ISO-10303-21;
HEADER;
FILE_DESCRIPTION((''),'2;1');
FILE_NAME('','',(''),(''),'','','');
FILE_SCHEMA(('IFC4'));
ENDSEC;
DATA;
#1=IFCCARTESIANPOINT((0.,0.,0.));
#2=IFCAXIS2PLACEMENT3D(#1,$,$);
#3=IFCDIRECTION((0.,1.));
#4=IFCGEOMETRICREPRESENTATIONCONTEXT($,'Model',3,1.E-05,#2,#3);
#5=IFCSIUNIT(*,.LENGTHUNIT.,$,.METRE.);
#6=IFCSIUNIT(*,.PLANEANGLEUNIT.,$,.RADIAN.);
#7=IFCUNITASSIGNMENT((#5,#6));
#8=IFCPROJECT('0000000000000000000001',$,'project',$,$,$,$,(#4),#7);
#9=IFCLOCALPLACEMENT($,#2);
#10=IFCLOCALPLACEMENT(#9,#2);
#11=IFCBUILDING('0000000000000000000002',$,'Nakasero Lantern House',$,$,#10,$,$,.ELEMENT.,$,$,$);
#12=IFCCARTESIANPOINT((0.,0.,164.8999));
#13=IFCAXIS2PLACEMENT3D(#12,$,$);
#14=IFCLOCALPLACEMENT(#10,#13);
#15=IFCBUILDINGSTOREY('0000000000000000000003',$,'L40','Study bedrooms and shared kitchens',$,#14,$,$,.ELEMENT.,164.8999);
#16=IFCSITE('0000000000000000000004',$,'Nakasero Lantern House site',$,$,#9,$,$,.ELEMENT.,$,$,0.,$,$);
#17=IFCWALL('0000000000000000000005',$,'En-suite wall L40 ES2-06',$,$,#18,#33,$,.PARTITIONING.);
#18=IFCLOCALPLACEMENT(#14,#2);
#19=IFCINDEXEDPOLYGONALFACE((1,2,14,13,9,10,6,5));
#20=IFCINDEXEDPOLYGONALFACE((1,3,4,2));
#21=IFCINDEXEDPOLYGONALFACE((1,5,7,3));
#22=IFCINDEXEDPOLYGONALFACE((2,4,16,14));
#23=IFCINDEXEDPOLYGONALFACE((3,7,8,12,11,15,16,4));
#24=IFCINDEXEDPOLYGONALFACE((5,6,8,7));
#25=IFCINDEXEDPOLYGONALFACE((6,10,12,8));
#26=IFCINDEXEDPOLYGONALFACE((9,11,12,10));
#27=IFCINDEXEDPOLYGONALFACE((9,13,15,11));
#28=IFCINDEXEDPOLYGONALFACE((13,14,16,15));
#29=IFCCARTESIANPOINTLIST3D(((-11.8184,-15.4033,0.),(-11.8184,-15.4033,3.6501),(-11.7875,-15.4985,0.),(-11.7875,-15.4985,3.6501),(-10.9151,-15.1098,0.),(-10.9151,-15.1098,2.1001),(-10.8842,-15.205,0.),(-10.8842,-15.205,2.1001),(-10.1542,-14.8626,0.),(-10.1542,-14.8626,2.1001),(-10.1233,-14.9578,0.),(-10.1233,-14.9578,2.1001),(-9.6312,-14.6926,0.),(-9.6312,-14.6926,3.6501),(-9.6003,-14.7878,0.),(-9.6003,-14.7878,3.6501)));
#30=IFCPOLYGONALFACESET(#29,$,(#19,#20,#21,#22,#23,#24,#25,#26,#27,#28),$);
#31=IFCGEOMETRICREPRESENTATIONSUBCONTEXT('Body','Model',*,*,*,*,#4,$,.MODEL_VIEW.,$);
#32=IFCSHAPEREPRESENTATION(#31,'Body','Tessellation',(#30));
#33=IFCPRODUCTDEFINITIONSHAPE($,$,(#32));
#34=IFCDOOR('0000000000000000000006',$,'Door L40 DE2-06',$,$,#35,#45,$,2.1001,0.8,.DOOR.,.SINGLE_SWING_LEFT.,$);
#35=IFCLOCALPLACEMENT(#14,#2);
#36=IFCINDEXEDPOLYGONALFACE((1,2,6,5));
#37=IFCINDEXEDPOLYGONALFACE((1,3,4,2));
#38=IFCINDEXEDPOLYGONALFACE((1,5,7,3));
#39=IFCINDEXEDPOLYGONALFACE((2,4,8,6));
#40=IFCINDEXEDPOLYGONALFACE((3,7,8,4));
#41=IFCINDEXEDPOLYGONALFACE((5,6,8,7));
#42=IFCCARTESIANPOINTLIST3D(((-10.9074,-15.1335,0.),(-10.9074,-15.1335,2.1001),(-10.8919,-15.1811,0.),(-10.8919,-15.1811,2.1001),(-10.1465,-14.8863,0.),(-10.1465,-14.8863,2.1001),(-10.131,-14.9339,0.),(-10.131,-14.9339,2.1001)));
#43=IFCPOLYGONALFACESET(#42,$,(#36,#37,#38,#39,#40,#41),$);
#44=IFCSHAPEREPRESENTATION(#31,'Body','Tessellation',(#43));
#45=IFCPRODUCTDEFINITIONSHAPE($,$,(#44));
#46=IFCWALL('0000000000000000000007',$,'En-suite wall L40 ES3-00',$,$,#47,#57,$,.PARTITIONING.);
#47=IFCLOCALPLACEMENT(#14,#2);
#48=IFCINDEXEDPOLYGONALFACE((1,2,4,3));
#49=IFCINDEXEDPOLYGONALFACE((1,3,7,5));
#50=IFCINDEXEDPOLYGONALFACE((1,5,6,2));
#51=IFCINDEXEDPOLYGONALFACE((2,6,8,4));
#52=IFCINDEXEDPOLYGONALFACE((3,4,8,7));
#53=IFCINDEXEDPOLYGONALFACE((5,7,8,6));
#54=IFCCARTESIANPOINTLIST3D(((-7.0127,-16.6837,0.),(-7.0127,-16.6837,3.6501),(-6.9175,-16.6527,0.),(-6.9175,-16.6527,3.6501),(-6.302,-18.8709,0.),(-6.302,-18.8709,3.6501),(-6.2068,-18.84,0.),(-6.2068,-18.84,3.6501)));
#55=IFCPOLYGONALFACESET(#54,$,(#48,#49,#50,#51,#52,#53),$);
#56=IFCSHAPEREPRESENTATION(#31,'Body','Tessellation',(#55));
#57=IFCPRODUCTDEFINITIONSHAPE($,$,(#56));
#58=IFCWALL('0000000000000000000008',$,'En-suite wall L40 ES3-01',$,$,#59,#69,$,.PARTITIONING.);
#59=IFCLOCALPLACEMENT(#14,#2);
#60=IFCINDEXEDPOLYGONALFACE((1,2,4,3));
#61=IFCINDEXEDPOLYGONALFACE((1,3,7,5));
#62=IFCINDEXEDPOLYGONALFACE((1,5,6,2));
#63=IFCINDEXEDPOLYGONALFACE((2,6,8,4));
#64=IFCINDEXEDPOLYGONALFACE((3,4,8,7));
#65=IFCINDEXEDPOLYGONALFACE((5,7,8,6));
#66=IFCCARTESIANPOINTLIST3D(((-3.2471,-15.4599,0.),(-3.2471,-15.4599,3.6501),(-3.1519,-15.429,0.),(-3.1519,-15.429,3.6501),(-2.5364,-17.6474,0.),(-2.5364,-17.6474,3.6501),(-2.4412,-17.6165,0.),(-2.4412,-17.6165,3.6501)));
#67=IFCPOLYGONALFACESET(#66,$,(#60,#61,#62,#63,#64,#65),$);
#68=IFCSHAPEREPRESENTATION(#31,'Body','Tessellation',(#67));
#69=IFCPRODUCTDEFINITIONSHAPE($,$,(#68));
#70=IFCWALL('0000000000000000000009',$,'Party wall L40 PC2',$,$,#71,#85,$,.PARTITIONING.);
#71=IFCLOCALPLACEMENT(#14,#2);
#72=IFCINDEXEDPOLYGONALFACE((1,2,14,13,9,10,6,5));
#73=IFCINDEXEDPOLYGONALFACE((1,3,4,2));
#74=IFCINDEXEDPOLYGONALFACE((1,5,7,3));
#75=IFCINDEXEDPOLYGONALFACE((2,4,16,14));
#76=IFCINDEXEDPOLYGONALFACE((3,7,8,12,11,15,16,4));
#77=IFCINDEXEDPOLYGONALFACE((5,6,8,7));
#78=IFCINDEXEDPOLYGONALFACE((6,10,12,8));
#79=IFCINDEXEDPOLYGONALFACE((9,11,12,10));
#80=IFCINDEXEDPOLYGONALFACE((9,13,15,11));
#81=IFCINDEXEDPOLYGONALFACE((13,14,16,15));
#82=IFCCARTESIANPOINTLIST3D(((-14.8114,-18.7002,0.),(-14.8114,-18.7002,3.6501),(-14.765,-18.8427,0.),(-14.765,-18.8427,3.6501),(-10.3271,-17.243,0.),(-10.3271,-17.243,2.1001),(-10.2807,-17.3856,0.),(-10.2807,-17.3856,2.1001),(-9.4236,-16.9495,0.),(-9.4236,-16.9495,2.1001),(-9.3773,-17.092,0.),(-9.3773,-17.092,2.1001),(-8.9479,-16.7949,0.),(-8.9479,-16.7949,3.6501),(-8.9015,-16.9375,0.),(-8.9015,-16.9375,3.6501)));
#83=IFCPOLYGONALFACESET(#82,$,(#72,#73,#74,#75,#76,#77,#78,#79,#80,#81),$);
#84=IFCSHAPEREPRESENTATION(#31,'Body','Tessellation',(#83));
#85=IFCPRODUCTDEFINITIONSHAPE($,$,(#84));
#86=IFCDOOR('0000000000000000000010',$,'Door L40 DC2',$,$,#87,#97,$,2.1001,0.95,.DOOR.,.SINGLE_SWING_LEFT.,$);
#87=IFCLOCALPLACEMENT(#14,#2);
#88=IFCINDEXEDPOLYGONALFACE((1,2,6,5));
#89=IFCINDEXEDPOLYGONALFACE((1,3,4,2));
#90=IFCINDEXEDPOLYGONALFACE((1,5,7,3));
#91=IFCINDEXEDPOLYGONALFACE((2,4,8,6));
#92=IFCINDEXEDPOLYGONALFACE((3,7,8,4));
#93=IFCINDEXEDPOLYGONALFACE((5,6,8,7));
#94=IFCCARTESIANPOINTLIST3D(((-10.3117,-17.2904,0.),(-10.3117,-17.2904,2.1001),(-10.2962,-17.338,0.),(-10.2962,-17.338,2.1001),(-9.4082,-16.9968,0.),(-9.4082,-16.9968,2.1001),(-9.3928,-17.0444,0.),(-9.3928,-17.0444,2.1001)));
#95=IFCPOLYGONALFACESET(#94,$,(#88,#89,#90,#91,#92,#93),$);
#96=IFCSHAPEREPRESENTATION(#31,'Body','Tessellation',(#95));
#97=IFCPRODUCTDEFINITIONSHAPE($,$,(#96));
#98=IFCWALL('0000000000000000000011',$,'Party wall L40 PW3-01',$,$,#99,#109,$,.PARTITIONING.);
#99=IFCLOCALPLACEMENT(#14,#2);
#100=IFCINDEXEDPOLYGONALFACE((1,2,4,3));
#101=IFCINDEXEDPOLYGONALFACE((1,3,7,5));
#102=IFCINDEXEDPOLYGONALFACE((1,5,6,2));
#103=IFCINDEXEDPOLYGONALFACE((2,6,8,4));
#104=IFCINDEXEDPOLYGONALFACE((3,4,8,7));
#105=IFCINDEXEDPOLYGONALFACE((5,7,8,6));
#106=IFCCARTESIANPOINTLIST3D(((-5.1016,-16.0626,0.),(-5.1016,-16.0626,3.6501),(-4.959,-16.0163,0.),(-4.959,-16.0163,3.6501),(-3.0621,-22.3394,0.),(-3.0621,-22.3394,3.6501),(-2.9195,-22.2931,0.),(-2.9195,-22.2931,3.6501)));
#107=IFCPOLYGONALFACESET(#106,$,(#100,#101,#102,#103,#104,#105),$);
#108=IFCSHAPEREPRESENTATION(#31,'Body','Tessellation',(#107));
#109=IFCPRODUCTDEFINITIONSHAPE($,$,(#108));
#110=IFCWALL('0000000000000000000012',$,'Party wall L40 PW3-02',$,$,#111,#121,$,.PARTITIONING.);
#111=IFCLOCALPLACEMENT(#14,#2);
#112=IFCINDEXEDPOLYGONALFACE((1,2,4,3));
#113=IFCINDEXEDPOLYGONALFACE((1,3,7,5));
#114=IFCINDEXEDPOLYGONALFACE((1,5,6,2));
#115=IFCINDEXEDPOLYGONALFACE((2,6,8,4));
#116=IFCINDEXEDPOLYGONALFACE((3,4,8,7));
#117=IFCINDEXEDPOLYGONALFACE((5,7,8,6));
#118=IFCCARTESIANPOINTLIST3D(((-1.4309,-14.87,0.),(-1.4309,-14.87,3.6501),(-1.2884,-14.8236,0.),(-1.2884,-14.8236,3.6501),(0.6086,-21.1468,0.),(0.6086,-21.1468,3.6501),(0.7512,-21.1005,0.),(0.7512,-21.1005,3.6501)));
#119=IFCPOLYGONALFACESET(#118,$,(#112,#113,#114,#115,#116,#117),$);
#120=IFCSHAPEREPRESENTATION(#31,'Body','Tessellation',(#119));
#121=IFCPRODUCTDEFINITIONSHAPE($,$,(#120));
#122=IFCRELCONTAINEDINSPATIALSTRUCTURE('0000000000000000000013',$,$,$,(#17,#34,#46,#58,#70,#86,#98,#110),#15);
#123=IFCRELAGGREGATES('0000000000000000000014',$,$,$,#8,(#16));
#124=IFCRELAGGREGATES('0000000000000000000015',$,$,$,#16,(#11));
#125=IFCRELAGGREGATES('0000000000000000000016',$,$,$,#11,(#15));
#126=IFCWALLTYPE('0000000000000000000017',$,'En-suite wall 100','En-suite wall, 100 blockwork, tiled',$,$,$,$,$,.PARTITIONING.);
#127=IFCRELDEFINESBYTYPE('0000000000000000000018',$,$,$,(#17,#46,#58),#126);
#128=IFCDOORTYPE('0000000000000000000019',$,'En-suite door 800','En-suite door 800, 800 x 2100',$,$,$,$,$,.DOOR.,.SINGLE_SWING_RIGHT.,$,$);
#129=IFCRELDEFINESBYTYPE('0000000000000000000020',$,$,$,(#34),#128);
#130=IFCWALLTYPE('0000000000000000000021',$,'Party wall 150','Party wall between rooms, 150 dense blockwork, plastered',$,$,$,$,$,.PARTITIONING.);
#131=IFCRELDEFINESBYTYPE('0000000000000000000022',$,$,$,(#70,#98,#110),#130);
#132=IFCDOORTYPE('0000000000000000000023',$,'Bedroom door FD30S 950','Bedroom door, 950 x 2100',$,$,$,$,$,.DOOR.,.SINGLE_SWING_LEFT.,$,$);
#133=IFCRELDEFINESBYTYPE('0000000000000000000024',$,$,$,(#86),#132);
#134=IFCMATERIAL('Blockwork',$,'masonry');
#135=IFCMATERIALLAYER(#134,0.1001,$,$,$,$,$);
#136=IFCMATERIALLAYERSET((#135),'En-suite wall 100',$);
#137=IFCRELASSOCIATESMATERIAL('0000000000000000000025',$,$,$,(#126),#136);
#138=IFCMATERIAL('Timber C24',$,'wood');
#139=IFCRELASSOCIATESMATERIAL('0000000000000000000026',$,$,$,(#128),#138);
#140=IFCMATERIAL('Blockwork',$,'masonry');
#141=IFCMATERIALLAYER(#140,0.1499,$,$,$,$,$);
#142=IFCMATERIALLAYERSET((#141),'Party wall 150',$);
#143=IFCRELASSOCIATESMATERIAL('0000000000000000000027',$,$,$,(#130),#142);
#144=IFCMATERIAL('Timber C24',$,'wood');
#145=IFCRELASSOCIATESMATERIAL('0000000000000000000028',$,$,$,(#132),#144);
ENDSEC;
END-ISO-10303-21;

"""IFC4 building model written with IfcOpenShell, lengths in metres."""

from ifc_helpers import new_model, si_unit, direction, frame, frame_2d, origin, place, context, subcontext, project, spatial, rectangle, extrude, material, layer, layer_set, type_object, element, fill, save


model = new_model("IFC4")

# Units and contexts
model_context = context("Model", 3, precision=1e-05, world=origin(), true_north=direction((0.0, 1.0)))
body_context = subcontext(model_context, "Body", "Model", "MODEL_VIEW")
ifc_project = project(units=[si_unit("LENGTHUNIT", "METRE"), si_unit("PLANEANGLEUNIT", "RADIAN")], contexts=[model_context])

# Site, building, storey
site_placement = place(None, origin())
site = spatial("IfcSite", under=ifc_project, at=site_placement, Name="Nakasero Lantern House site", CompositionType="ELEMENT", RefElevation=0.0)
building_placement = place(site_placement, origin())
building = spatial("IfcBuilding", under=site, at=building_placement, Name="Nakasero Lantern House", CompositionType="ELEMENT")
storey_placement = place(building_placement, frame((0.0, 0.0, 164.8999)))
storey = spatial("IfcBuildingStorey", under=building, at=storey_placement, Name="L40", Description="Study bedrooms and shared kitchens", CompositionType="ELEMENT", Elevation=164.8999)

# Wall, opening, door
ifc_material_1 = material(Name="Blockwork", Category="masonry")
ifc_layer_1 = layer(ifc_material_1, 0.1001)
ifc_layer_set_1 = layer_set([ifc_layer_1], Name="En-suite wall 100")
wall_type_1 = type_object("IfcWallType", Name="En-suite wall 100", Description="En-suite wall, 100 blockwork, tiled", PredefinedType="PARTITIONING", material=ifc_layer_set_1)
wall_1_placement = place(storey_placement, frame((-9.6157, -14.7402, 0.0), z_axis=(0.0, 0.0, 1.0), x_axis=(-0.951055, -0.309021, 0.0)))
wall_1 = element("IfcWall", 1, at=wall_1_placement, inside=storey, type_object=wall_type_1, Name="En-suite wall L40 ES2-06", PredefinedType="PARTITIONING", context=body_context, shape_type="SweptSolid", body=[
    extrude(rectangle(XDim=2.2998, YDim=0.1001, at=frame_2d((1.1499, 0.0))), origin(), (0.0, 0.0, 1.0), 3.6501),
])
opening_1_placement = place(wall_1_placement, frame((0.55, 0.0, 0.0)))
opening_1 = element("IfcOpeningElement", 2, at=opening_1_placement, cuts=wall_1, PredefinedType="OPENING", context=body_context, shape_type="SweptSolid", body=[
    extrude(rectangle(XDim=0.8, YDim=2.1001, at=frame_2d((0.3999, 1.05))), frame((0.0, 0.0701, 0.0), z_axis=(0.0, -1.0, 0.0), x_axis=(1.0, 0.0, 0.0)), (0.0, 0.0, 1.0), 0.1401),
])
ifc_material_2 = material(Name="Timber C24", Category="wood")
door_type_1 = type_object("IfcDoorType", Name="En-suite door 800", Description="En-suite door 800, 800 x 2100", OperationType="SINGLE_SWING_RIGHT", PredefinedType="DOOR", material=ifc_material_2)
door_1_placement = place(opening_1_placement, origin())
door_1 = element("IfcDoor", 3, at=door_1_placement, inside=storey, type_object=door_type_1, Name="Door L40 DE2-06", OperationType="SINGLE_SWING_LEFT", OverallHeight=2.1001, OverallWidth=0.8, PredefinedType="DOOR", context=body_context, shape_type="SweptSolid", body=[
    extrude(rectangle(XDim=0.8, YDim=2.1001, at=frame_2d((0.3999, 1.05))), frame((0.0, 0.0249, 0.0), z_axis=(0.0, -1.0, 0.0), x_axis=(1.0, 0.0, 0.0)), (0.0, 0.0, 1.0), 0.05),
])
fill(opening_1, door_1)

# Walls
wall_2_placement = place(storey_placement, frame((-6.9651, -16.6682, 0.0), z_axis=(0.0, 0.0, 1.0), x_axis=(0.309021, -0.951055, 0.0)))
element("IfcWall", 4, at=wall_2_placement, inside=storey, type_object=wall_type_1, Name="En-suite wall L40 ES3-00", PredefinedType="PARTITIONING", context=body_context, shape_type="SweptSolid", body=[
    extrude(rectangle(XDim=2.2998, YDim=0.1001, at=frame_2d((1.1499, 0.0))), origin(), (0.0, 0.0, 1.0), 3.6501),
])
wall_3_placement = place(storey_placement, frame((-3.1995, -15.4446, 0.0), z_axis=(0.0, 0.0, 1.0), x_axis=(0.30899, -0.951065, 0.0)))
element("IfcWall", 5, at=wall_3_placement, inside=storey, type_object=wall_type_1, Name="En-suite wall L40 ES3-01", PredefinedType="PARTITIONING", context=body_context, shape_type="SweptSolid", body=[
    extrude(rectangle(XDim=2.3, YDim=0.1001, at=frame_2d((1.1499, 0.0))), origin(), (0.0, 0.0, 1.0), 3.6501),
])

# Wall, opening, door
ifc_material_3 = material(Name="Blockwork", Category="masonry")
ifc_layer_2 = layer(ifc_material_3, 0.1499)
ifc_layer_set_2 = layer_set([ifc_layer_2], Name="Party wall 150")
wall_type_2 = type_object("IfcWallType", Name="Party wall 150", Description="Party wall between rooms, 150 dense blockwork, plastered", PredefinedType="PARTITIONING", material=ifc_layer_set_2)
wall_4_placement = place(storey_placement, frame((-8.9248, -16.8662, 0.0), z_axis=(0.0, 0.0, 1.0), x_axis=(-0.951052, -0.309031, 0.0)))
wall_4 = element("IfcWall", 6, at=wall_4_placement, inside=storey, type_object=wall_type_2, Name="Party wall L40 PC2", PredefinedType="PARTITIONING", context=body_context, shape_type="SweptSolid", body=[
    extrude(rectangle(XDim=6.1653, YDim=0.1499, at=frame_2d((3.0825, 0.0))), origin(), (0.0, 0.0, 1.0), 3.6501),
])
opening_2_placement = place(wall_4_placement, frame((0.5, 0.0, 0.0)))
opening_2 = element("IfcOpeningElement", 7, at=opening_2_placement, cuts=wall_4, PredefinedType="OPENING", context=body_context, shape_type="SweptSolid", body=[
    extrude(rectangle(XDim=0.95, YDim=2.1001, at=frame_2d((0.4751, 1.05))), frame((0.0, 0.095, 0.0), z_axis=(0.0, -1.0, 0.0), x_axis=(1.0, 0.0, 0.0)), (0.0, 0.0, 1.0), 0.1899),
])
ifc_material_4 = material(Name="Timber C24", Category="wood")
door_type_2 = type_object("IfcDoorType", Name="Bedroom door FD30S 950", Description="Bedroom door, 950 x 2100", OperationType="SINGLE_SWING_LEFT", PredefinedType="DOOR", material=ifc_material_4)
door_2_placement = place(opening_2_placement, origin())
door_2 = element("IfcDoor", 8, at=door_2_placement, inside=storey, type_object=door_type_2, Name="Door L40 DC2", OperationType="SINGLE_SWING_LEFT", OverallHeight=2.1001, OverallWidth=0.95, PredefinedType="DOOR", context=body_context, shape_type="SweptSolid", body=[
    extrude(rectangle(XDim=0.95, YDim=2.1001, at=frame_2d((0.4751, 1.05))), frame((0.0, 0.0249, 0.0), z_axis=(0.0, -1.0, 0.0), x_axis=(1.0, 0.0, 0.0)), (0.0, 0.0, 1.0), 0.05),
])
fill(opening_2, door_2)

# Walls
for number, where, z_axis, x_axis, name in (
    (9, (-5.0303, -16.0396, 0.0), (0.0, 0.0, 1.0), (0.309028, -0.951053, 0.0), "Party wall L40 PW3-01"),
    (10, (-1.3596, -14.8469, 0.0), (0.0, 0.0, 1.0), (0.309028, -0.951053, 0.0), "Party wall L40 PW3-02"),
):
    element("IfcWall", number, at=place(storey_placement, frame(where, z_axis=z_axis, x_axis=x_axis)), inside=storey, type_object=wall_type_2, Name=name, PredefinedType="PARTITIONING", context=body_context, shape_type="SweptSolid", body=[
        extrude(rectangle(XDim=6.5999, YDim=0.1499, at=frame_2d((3.2998, 0.0))), origin(), (0.0, 0.0, 1.0), 3.6501),
    ])

save(model, "model.ifc")
